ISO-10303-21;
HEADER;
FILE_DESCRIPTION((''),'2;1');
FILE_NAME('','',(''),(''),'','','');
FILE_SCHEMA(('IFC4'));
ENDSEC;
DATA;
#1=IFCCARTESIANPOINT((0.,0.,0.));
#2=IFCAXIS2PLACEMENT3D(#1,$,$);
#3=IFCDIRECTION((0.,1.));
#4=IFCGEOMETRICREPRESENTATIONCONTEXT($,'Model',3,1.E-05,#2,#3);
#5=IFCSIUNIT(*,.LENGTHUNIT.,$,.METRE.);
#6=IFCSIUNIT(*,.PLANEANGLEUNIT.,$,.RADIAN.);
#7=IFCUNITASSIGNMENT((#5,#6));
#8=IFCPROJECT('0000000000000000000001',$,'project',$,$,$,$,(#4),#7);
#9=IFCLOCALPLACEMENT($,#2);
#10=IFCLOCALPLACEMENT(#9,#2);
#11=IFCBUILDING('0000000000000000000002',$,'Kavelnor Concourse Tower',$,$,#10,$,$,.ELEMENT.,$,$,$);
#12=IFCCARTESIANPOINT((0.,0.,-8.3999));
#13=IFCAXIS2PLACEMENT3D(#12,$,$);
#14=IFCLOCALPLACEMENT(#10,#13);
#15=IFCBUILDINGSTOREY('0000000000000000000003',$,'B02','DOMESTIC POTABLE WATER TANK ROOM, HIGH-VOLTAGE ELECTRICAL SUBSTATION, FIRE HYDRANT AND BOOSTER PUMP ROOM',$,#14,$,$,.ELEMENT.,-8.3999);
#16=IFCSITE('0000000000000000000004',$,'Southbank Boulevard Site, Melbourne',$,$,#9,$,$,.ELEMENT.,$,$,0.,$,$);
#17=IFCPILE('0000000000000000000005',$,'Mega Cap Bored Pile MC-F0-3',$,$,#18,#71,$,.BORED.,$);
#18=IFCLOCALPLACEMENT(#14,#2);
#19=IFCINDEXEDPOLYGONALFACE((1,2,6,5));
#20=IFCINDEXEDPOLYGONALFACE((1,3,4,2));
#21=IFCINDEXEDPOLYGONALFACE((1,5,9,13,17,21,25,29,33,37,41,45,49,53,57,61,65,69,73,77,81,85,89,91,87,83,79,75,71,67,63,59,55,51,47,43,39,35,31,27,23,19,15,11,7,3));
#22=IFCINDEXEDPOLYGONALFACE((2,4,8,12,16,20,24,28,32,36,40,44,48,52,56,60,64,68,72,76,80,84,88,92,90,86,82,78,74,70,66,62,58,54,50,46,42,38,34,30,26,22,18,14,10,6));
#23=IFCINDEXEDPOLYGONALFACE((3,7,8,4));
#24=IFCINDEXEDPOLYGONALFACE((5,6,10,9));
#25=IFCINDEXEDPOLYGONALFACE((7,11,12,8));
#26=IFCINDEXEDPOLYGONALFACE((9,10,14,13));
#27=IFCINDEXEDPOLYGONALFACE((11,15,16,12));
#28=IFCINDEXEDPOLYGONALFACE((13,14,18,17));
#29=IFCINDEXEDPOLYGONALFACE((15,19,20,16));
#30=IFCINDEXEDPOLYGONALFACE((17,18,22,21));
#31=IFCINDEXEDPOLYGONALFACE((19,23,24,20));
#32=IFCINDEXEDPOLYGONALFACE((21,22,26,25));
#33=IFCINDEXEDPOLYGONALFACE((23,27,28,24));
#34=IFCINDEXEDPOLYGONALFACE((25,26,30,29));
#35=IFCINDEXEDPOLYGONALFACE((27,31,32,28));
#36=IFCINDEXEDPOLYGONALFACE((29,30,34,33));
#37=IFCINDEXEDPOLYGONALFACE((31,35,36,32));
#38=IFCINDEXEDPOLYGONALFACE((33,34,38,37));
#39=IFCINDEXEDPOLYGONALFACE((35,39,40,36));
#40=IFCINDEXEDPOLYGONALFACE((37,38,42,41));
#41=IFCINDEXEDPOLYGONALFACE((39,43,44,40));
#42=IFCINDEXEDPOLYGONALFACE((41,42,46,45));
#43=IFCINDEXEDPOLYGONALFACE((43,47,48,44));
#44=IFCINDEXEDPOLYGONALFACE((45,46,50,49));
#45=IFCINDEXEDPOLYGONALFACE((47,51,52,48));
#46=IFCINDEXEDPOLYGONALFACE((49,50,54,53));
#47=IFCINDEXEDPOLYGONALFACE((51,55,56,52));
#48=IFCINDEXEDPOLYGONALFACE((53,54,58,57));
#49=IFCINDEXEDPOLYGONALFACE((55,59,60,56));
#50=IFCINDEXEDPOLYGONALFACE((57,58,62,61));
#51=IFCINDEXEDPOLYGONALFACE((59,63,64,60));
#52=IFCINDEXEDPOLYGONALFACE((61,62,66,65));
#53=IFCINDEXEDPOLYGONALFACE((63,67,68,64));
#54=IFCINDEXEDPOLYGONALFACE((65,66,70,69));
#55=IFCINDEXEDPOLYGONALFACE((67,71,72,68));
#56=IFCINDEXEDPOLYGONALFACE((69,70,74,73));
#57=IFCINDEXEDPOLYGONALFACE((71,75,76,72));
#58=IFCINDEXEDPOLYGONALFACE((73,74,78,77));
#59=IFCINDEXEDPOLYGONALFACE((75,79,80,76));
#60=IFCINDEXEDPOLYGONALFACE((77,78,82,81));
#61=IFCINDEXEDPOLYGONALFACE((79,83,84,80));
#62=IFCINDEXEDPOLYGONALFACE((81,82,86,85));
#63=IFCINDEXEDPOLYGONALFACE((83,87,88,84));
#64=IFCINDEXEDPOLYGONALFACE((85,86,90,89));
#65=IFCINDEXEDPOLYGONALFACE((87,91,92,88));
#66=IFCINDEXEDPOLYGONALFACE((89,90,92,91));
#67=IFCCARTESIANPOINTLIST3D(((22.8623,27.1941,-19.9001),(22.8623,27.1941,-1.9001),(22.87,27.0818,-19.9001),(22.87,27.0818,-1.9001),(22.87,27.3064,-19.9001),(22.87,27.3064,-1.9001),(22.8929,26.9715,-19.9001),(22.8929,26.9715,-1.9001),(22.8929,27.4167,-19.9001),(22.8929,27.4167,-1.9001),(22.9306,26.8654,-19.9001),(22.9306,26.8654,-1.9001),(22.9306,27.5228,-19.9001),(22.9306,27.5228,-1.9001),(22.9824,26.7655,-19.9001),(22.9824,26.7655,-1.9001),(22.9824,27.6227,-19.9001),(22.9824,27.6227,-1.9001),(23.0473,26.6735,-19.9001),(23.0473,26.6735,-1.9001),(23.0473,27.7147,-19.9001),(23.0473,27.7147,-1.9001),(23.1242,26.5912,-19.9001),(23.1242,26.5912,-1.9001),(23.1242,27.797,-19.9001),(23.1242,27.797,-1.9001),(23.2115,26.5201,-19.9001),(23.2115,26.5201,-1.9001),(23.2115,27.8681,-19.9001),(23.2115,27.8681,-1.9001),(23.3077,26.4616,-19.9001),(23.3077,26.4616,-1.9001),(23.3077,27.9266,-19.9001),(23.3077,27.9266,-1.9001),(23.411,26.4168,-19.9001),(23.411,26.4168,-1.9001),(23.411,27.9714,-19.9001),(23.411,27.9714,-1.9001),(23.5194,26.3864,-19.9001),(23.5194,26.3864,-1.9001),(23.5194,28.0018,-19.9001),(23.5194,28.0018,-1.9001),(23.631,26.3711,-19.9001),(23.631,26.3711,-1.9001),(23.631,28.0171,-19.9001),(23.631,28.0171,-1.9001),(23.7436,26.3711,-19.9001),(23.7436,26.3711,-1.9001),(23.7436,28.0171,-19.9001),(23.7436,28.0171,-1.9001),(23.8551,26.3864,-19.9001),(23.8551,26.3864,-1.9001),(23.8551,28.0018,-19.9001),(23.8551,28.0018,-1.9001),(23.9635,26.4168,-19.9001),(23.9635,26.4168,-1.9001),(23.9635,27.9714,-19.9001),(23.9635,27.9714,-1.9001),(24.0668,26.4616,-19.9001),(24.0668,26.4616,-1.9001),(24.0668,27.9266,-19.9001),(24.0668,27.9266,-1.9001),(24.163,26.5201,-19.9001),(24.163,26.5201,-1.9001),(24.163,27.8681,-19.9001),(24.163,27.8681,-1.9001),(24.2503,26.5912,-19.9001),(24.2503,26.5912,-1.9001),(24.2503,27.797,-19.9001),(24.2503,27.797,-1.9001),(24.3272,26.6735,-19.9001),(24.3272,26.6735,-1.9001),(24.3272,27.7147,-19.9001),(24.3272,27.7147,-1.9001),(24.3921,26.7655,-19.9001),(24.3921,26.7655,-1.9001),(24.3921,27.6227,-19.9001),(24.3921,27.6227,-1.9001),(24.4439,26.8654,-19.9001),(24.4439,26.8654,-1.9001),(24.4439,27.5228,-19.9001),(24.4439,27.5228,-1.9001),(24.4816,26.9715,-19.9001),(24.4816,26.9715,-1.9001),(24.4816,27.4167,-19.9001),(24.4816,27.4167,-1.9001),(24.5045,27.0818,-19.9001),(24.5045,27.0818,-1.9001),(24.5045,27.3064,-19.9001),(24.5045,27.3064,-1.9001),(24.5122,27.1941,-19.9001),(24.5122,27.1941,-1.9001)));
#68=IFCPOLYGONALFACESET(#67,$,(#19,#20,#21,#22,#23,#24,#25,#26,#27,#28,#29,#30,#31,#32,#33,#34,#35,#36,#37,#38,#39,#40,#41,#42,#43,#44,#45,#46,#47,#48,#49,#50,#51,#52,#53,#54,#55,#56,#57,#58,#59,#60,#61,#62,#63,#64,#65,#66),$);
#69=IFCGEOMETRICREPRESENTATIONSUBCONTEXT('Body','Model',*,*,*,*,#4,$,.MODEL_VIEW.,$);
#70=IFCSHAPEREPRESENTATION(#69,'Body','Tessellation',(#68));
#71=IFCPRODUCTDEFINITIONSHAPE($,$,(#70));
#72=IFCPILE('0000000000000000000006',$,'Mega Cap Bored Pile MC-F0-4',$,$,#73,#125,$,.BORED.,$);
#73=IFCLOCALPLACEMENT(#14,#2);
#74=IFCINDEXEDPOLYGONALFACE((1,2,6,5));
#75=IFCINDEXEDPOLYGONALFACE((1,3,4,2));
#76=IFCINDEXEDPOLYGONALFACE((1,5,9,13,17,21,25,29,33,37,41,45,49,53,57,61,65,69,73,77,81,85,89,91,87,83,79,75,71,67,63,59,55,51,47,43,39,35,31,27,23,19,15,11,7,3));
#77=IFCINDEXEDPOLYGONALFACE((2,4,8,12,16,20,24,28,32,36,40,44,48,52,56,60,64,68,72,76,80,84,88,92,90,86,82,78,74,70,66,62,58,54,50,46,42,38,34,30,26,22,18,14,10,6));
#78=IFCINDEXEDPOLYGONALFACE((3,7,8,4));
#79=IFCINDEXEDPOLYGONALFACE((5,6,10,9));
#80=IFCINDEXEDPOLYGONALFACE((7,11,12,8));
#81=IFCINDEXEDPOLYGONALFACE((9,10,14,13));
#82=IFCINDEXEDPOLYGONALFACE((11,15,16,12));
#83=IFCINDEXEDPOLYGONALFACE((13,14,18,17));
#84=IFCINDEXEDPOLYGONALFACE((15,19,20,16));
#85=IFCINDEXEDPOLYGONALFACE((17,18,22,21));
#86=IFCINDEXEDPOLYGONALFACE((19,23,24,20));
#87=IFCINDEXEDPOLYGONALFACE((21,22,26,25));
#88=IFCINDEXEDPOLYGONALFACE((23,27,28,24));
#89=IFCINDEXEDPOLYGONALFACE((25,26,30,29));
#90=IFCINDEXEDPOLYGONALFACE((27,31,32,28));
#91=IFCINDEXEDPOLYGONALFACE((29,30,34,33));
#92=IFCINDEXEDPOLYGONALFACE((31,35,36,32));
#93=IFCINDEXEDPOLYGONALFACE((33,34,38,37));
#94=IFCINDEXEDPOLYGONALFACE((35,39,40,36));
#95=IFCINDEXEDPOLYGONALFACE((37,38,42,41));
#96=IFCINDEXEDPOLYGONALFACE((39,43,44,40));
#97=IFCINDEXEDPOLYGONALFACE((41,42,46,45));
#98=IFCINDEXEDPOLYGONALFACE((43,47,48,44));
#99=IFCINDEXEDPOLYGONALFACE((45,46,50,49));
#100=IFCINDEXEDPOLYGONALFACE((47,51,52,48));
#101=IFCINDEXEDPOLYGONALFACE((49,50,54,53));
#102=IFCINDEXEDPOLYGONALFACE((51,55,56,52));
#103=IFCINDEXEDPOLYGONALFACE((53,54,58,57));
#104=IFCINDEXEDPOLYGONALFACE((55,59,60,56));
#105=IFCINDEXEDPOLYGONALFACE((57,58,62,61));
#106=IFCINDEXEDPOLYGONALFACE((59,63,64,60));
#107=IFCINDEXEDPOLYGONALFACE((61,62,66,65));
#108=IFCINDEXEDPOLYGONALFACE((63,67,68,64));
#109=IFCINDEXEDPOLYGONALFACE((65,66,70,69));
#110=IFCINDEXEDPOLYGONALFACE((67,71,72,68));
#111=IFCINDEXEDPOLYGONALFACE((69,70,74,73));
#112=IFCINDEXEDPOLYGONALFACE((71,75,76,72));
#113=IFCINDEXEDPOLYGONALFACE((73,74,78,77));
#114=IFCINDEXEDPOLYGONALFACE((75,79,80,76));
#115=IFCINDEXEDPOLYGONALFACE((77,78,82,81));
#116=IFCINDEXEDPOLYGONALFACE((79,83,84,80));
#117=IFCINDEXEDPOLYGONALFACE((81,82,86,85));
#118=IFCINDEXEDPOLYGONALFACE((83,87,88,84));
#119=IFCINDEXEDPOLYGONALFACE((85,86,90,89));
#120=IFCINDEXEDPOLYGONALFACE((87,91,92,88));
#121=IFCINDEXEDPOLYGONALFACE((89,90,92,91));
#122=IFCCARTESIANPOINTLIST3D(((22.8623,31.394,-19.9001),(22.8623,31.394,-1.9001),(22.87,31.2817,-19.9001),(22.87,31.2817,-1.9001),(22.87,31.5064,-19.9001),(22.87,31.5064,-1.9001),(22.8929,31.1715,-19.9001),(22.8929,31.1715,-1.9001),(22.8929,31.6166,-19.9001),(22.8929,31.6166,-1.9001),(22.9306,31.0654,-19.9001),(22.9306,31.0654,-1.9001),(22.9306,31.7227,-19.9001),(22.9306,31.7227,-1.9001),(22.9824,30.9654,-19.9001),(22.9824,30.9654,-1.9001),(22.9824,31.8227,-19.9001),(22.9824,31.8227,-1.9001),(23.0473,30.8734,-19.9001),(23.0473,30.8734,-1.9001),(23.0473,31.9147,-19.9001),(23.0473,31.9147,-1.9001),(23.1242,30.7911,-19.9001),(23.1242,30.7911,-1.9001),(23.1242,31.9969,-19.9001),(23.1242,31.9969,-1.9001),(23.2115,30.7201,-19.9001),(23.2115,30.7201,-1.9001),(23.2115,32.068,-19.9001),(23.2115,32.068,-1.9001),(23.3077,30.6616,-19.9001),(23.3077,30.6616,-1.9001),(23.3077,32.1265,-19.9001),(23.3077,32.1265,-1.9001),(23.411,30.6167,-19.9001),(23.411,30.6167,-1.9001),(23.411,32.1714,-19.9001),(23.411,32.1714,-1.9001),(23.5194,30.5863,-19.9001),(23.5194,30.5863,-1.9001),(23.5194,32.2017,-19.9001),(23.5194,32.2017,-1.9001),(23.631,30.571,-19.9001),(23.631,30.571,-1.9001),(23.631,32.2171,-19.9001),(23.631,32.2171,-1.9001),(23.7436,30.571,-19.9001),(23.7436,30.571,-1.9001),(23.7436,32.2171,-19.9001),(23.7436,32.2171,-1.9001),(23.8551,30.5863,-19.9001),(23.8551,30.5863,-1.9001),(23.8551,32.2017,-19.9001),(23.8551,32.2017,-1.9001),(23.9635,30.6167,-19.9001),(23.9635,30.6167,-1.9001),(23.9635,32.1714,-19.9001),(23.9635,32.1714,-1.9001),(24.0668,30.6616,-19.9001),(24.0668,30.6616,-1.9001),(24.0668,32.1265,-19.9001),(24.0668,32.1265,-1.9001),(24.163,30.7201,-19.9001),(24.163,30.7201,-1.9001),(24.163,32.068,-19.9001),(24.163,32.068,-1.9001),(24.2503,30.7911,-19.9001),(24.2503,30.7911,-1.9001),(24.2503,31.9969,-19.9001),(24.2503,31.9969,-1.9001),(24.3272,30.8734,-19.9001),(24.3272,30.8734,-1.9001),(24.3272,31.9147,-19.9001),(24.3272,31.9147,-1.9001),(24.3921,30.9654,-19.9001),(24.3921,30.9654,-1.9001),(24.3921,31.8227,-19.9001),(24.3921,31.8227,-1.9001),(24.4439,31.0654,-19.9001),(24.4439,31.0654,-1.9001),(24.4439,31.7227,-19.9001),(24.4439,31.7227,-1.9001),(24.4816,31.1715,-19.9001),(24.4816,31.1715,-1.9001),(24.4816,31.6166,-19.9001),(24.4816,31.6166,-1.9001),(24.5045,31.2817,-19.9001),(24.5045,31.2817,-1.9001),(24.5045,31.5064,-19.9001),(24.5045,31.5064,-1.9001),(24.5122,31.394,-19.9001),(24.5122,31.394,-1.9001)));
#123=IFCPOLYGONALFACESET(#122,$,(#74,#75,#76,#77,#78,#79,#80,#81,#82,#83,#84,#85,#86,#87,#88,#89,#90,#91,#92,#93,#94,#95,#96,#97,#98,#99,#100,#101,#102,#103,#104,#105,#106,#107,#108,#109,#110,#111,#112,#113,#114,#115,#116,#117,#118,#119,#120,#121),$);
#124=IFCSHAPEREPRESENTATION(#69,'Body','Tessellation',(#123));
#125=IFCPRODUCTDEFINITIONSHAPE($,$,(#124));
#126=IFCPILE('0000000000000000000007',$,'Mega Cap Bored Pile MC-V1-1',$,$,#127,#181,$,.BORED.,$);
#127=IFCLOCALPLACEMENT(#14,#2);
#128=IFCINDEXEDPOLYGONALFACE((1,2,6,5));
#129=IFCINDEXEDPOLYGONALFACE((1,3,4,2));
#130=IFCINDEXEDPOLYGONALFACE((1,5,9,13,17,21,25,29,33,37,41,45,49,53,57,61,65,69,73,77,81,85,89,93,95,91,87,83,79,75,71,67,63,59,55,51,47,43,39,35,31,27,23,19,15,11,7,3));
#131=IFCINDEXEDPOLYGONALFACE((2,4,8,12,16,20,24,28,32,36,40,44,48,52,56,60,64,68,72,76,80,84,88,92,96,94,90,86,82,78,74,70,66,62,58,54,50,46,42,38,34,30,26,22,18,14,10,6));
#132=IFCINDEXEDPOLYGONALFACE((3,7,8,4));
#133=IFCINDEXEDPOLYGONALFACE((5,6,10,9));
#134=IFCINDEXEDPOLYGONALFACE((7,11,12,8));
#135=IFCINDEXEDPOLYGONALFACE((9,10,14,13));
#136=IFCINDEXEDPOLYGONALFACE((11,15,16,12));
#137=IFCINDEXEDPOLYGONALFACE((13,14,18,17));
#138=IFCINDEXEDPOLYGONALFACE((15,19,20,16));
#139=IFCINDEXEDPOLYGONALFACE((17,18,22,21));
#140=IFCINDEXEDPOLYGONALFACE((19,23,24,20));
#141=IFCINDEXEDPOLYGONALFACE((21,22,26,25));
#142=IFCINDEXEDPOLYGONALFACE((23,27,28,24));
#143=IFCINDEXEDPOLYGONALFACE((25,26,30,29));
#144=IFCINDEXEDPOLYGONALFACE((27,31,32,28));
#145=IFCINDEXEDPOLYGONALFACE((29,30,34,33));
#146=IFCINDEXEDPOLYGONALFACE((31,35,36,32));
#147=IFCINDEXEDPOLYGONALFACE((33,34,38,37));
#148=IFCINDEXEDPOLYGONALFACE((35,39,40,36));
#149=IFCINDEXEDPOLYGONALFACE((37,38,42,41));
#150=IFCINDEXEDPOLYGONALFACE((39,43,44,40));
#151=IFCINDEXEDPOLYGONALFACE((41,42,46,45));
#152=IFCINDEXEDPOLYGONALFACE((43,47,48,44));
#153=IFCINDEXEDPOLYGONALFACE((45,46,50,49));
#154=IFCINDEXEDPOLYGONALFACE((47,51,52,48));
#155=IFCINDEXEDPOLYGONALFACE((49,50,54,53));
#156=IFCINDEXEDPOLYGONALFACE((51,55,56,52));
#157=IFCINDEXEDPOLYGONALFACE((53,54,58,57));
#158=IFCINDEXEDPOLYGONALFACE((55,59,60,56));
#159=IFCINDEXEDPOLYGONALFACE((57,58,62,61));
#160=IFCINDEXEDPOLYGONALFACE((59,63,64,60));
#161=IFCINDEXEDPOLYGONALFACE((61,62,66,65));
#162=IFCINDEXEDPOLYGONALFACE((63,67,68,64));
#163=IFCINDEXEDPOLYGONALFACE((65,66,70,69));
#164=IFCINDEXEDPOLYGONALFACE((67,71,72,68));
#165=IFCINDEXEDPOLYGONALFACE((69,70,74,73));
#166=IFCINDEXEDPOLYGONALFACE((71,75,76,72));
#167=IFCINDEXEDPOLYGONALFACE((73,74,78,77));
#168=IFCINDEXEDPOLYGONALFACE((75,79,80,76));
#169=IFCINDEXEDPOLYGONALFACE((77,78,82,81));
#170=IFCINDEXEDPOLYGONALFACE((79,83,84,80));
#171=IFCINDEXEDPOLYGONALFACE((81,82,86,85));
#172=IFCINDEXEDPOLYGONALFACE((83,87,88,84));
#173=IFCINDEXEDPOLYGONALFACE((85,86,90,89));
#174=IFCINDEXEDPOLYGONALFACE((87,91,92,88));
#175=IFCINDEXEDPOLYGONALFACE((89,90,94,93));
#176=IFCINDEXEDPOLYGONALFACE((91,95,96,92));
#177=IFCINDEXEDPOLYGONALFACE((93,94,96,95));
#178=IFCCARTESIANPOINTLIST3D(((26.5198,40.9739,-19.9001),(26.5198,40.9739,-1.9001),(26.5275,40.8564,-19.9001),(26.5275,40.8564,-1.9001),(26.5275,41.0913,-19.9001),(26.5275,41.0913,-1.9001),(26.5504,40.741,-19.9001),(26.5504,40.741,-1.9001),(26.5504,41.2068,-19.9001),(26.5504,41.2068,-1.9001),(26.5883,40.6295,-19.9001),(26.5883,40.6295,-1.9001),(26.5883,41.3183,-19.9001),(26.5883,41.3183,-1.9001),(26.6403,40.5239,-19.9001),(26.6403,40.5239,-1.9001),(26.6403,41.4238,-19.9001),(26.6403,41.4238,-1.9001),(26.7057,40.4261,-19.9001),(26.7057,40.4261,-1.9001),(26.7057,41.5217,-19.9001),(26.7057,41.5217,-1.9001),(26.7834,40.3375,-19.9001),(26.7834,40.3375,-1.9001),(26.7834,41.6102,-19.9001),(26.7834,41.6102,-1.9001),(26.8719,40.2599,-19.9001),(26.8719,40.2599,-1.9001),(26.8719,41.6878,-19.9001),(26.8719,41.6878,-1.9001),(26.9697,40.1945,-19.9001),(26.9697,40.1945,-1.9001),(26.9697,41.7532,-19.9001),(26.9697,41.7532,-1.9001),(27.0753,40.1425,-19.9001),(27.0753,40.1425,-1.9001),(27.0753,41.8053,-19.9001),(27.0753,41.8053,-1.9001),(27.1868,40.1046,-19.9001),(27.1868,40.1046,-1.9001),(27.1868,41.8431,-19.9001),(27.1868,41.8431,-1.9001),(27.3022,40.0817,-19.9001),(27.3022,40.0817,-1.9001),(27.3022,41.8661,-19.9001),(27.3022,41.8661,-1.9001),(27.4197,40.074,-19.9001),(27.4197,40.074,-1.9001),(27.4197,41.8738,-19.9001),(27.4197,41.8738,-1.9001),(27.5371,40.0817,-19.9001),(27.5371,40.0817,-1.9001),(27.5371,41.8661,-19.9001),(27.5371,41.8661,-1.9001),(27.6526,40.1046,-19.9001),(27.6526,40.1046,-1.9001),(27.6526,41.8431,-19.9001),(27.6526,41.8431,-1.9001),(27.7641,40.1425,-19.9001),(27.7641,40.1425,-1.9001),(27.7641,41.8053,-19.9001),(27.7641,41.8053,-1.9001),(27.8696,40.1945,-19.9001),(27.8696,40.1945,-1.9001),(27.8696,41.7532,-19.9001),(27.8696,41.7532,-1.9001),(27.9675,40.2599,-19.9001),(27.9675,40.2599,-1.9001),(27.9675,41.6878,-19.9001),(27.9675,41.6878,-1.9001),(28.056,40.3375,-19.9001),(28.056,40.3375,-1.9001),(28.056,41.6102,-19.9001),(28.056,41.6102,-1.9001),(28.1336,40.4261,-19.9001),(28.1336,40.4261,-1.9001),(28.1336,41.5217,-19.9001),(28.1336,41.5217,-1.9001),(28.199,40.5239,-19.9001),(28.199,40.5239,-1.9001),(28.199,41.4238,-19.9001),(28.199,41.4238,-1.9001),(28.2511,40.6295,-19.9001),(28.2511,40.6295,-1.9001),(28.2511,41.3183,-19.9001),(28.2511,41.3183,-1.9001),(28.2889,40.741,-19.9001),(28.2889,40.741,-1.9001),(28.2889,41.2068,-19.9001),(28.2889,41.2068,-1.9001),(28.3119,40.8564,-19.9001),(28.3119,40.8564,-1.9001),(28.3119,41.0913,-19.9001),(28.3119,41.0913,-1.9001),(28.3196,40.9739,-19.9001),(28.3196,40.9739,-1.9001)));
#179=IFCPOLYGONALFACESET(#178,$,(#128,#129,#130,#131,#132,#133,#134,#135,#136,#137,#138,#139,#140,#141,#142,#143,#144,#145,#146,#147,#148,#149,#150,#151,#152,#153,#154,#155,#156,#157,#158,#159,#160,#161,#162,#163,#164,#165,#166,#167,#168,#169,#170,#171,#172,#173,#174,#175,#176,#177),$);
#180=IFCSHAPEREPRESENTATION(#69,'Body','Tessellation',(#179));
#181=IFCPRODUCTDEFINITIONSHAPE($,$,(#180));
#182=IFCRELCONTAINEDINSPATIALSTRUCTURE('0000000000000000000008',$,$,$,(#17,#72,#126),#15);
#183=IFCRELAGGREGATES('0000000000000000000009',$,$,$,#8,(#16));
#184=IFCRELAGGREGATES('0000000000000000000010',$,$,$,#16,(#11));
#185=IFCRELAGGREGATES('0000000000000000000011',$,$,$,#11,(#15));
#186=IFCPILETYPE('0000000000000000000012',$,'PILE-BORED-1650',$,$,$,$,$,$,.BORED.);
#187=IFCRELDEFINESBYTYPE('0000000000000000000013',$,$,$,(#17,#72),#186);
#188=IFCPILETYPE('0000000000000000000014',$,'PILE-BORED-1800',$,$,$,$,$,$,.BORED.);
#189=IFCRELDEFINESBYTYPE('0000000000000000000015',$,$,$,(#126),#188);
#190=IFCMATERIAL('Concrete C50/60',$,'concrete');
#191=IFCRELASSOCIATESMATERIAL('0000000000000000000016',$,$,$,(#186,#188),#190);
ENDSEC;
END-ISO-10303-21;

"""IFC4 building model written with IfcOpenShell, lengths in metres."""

from ifc_helpers import new_model, si_unit, direction, frame, origin, origin_2d, place, context, subcontext, project, spatial, circle, extrude, material, material_profile, profile_set, type_object, element, save


model = new_model("IFC4")

# Units and contexts
model_context = context("Model", 3, precision=1e-05, world=origin(), true_north=direction((0.0, 1.0)))
body_context = subcontext(model_context, "Body", "Model", "MODEL_VIEW")
ifc_project = project(units=[si_unit("LENGTHUNIT", "METRE"), si_unit("PLANEANGLEUNIT", "RADIAN")], contexts=[model_context])

# Site, building, storey
site_placement = place(None, origin())
site = spatial("IfcSite", under=ifc_project, at=site_placement, Name="Southbank Boulevard Site, Melbourne", CompositionType="ELEMENT", RefElevation=0.0)
building_placement = place(site_placement, origin())
building = spatial("IfcBuilding", under=site, at=building_placement, Name="Kavelnor Concourse Tower", CompositionType="ELEMENT")
storey_placement = place(building_placement, frame((0.0, 0.0, -8.3999)))
storey = spatial("IfcBuildingStorey", under=building, at=storey_placement, Name="B02", Description="DOMESTIC POTABLE WATER TANK ROOM, HIGH-VOLTAGE ELECTRICAL SUBSTATION, FIRE HYDRANT AND BOOSTER PUMP ROOM", CompositionType="ELEMENT", Elevation=-8.3999)

# Shared definitions
ifc_material_1 = material(Name="Concrete C50/60", Category="concrete")

# Piles
ifc_material_profile_1 = material_profile(ifc_material_1, circle(Radius=0.825, at=origin_2d()), Name="PILE-D1650")
ifc_profile_set_1 = profile_set([ifc_material_profile_1], Name="Concrete C50/60")
pile_type_1 = type_object("IfcPileType", Name="PILE-BORED-1650", PredefinedType="BORED", material=ifc_profile_set_1)
for number, where, z_axis, x_axis, name in (
    (1, (23.6873, 27.1941, -1.9001), (0.0, 0.0, -1.0), (1.0, 0.0, 0.0), "Mega Cap Bored Pile MC-F0-3"),
    (2, (23.6873, 31.394, -1.9001), (0.0, 0.0, -1.0), (1.0, 0.0, 0.0), "Mega Cap Bored Pile MC-F0-4"),
):
    element("IfcPile", number, at=place(storey_placement, frame(where, z_axis=z_axis, x_axis=x_axis)), inside=storey, type_object=pile_type_1, Name=name, PredefinedType="BORED", context=body_context, shape_type="SweptSolid", body=[
        extrude(circle(Radius=0.825, at=origin_2d()), origin(), (0.0, 0.0, 1.0), 18.0),
    ])
ifc_material_profile_2 = material_profile(ifc_material_1, circle(Radius=0.8999, at=origin_2d()), Name="PILE-D1800")
ifc_profile_set_2 = profile_set([ifc_material_profile_2], Name="Concrete C50/60")
pile_type_2 = type_object("IfcPileType", Name="PILE-BORED-1800", PredefinedType="BORED", material=ifc_profile_set_2)
for number, where, z_axis, x_axis, name in (
    (3, (27.4197, 40.9739, -1.9001), (0.0, 0.0, -1.0), (1.0, 0.0, 0.0), "Mega Cap Bored Pile MC-V1-1"),
):
    element("IfcPile", number, at=place(storey_placement, frame(where, z_axis=z_axis, x_axis=x_axis)), inside=storey, type_object=pile_type_2, Name=name, PredefinedType="BORED", context=body_context, shape_type="SweptSolid", body=[
        extrude(circle(Radius=0.8999, at=origin_2d()), origin(), (0.0, 0.0, 1.0), 18.0),
    ])

save(model, "model.ifc")
